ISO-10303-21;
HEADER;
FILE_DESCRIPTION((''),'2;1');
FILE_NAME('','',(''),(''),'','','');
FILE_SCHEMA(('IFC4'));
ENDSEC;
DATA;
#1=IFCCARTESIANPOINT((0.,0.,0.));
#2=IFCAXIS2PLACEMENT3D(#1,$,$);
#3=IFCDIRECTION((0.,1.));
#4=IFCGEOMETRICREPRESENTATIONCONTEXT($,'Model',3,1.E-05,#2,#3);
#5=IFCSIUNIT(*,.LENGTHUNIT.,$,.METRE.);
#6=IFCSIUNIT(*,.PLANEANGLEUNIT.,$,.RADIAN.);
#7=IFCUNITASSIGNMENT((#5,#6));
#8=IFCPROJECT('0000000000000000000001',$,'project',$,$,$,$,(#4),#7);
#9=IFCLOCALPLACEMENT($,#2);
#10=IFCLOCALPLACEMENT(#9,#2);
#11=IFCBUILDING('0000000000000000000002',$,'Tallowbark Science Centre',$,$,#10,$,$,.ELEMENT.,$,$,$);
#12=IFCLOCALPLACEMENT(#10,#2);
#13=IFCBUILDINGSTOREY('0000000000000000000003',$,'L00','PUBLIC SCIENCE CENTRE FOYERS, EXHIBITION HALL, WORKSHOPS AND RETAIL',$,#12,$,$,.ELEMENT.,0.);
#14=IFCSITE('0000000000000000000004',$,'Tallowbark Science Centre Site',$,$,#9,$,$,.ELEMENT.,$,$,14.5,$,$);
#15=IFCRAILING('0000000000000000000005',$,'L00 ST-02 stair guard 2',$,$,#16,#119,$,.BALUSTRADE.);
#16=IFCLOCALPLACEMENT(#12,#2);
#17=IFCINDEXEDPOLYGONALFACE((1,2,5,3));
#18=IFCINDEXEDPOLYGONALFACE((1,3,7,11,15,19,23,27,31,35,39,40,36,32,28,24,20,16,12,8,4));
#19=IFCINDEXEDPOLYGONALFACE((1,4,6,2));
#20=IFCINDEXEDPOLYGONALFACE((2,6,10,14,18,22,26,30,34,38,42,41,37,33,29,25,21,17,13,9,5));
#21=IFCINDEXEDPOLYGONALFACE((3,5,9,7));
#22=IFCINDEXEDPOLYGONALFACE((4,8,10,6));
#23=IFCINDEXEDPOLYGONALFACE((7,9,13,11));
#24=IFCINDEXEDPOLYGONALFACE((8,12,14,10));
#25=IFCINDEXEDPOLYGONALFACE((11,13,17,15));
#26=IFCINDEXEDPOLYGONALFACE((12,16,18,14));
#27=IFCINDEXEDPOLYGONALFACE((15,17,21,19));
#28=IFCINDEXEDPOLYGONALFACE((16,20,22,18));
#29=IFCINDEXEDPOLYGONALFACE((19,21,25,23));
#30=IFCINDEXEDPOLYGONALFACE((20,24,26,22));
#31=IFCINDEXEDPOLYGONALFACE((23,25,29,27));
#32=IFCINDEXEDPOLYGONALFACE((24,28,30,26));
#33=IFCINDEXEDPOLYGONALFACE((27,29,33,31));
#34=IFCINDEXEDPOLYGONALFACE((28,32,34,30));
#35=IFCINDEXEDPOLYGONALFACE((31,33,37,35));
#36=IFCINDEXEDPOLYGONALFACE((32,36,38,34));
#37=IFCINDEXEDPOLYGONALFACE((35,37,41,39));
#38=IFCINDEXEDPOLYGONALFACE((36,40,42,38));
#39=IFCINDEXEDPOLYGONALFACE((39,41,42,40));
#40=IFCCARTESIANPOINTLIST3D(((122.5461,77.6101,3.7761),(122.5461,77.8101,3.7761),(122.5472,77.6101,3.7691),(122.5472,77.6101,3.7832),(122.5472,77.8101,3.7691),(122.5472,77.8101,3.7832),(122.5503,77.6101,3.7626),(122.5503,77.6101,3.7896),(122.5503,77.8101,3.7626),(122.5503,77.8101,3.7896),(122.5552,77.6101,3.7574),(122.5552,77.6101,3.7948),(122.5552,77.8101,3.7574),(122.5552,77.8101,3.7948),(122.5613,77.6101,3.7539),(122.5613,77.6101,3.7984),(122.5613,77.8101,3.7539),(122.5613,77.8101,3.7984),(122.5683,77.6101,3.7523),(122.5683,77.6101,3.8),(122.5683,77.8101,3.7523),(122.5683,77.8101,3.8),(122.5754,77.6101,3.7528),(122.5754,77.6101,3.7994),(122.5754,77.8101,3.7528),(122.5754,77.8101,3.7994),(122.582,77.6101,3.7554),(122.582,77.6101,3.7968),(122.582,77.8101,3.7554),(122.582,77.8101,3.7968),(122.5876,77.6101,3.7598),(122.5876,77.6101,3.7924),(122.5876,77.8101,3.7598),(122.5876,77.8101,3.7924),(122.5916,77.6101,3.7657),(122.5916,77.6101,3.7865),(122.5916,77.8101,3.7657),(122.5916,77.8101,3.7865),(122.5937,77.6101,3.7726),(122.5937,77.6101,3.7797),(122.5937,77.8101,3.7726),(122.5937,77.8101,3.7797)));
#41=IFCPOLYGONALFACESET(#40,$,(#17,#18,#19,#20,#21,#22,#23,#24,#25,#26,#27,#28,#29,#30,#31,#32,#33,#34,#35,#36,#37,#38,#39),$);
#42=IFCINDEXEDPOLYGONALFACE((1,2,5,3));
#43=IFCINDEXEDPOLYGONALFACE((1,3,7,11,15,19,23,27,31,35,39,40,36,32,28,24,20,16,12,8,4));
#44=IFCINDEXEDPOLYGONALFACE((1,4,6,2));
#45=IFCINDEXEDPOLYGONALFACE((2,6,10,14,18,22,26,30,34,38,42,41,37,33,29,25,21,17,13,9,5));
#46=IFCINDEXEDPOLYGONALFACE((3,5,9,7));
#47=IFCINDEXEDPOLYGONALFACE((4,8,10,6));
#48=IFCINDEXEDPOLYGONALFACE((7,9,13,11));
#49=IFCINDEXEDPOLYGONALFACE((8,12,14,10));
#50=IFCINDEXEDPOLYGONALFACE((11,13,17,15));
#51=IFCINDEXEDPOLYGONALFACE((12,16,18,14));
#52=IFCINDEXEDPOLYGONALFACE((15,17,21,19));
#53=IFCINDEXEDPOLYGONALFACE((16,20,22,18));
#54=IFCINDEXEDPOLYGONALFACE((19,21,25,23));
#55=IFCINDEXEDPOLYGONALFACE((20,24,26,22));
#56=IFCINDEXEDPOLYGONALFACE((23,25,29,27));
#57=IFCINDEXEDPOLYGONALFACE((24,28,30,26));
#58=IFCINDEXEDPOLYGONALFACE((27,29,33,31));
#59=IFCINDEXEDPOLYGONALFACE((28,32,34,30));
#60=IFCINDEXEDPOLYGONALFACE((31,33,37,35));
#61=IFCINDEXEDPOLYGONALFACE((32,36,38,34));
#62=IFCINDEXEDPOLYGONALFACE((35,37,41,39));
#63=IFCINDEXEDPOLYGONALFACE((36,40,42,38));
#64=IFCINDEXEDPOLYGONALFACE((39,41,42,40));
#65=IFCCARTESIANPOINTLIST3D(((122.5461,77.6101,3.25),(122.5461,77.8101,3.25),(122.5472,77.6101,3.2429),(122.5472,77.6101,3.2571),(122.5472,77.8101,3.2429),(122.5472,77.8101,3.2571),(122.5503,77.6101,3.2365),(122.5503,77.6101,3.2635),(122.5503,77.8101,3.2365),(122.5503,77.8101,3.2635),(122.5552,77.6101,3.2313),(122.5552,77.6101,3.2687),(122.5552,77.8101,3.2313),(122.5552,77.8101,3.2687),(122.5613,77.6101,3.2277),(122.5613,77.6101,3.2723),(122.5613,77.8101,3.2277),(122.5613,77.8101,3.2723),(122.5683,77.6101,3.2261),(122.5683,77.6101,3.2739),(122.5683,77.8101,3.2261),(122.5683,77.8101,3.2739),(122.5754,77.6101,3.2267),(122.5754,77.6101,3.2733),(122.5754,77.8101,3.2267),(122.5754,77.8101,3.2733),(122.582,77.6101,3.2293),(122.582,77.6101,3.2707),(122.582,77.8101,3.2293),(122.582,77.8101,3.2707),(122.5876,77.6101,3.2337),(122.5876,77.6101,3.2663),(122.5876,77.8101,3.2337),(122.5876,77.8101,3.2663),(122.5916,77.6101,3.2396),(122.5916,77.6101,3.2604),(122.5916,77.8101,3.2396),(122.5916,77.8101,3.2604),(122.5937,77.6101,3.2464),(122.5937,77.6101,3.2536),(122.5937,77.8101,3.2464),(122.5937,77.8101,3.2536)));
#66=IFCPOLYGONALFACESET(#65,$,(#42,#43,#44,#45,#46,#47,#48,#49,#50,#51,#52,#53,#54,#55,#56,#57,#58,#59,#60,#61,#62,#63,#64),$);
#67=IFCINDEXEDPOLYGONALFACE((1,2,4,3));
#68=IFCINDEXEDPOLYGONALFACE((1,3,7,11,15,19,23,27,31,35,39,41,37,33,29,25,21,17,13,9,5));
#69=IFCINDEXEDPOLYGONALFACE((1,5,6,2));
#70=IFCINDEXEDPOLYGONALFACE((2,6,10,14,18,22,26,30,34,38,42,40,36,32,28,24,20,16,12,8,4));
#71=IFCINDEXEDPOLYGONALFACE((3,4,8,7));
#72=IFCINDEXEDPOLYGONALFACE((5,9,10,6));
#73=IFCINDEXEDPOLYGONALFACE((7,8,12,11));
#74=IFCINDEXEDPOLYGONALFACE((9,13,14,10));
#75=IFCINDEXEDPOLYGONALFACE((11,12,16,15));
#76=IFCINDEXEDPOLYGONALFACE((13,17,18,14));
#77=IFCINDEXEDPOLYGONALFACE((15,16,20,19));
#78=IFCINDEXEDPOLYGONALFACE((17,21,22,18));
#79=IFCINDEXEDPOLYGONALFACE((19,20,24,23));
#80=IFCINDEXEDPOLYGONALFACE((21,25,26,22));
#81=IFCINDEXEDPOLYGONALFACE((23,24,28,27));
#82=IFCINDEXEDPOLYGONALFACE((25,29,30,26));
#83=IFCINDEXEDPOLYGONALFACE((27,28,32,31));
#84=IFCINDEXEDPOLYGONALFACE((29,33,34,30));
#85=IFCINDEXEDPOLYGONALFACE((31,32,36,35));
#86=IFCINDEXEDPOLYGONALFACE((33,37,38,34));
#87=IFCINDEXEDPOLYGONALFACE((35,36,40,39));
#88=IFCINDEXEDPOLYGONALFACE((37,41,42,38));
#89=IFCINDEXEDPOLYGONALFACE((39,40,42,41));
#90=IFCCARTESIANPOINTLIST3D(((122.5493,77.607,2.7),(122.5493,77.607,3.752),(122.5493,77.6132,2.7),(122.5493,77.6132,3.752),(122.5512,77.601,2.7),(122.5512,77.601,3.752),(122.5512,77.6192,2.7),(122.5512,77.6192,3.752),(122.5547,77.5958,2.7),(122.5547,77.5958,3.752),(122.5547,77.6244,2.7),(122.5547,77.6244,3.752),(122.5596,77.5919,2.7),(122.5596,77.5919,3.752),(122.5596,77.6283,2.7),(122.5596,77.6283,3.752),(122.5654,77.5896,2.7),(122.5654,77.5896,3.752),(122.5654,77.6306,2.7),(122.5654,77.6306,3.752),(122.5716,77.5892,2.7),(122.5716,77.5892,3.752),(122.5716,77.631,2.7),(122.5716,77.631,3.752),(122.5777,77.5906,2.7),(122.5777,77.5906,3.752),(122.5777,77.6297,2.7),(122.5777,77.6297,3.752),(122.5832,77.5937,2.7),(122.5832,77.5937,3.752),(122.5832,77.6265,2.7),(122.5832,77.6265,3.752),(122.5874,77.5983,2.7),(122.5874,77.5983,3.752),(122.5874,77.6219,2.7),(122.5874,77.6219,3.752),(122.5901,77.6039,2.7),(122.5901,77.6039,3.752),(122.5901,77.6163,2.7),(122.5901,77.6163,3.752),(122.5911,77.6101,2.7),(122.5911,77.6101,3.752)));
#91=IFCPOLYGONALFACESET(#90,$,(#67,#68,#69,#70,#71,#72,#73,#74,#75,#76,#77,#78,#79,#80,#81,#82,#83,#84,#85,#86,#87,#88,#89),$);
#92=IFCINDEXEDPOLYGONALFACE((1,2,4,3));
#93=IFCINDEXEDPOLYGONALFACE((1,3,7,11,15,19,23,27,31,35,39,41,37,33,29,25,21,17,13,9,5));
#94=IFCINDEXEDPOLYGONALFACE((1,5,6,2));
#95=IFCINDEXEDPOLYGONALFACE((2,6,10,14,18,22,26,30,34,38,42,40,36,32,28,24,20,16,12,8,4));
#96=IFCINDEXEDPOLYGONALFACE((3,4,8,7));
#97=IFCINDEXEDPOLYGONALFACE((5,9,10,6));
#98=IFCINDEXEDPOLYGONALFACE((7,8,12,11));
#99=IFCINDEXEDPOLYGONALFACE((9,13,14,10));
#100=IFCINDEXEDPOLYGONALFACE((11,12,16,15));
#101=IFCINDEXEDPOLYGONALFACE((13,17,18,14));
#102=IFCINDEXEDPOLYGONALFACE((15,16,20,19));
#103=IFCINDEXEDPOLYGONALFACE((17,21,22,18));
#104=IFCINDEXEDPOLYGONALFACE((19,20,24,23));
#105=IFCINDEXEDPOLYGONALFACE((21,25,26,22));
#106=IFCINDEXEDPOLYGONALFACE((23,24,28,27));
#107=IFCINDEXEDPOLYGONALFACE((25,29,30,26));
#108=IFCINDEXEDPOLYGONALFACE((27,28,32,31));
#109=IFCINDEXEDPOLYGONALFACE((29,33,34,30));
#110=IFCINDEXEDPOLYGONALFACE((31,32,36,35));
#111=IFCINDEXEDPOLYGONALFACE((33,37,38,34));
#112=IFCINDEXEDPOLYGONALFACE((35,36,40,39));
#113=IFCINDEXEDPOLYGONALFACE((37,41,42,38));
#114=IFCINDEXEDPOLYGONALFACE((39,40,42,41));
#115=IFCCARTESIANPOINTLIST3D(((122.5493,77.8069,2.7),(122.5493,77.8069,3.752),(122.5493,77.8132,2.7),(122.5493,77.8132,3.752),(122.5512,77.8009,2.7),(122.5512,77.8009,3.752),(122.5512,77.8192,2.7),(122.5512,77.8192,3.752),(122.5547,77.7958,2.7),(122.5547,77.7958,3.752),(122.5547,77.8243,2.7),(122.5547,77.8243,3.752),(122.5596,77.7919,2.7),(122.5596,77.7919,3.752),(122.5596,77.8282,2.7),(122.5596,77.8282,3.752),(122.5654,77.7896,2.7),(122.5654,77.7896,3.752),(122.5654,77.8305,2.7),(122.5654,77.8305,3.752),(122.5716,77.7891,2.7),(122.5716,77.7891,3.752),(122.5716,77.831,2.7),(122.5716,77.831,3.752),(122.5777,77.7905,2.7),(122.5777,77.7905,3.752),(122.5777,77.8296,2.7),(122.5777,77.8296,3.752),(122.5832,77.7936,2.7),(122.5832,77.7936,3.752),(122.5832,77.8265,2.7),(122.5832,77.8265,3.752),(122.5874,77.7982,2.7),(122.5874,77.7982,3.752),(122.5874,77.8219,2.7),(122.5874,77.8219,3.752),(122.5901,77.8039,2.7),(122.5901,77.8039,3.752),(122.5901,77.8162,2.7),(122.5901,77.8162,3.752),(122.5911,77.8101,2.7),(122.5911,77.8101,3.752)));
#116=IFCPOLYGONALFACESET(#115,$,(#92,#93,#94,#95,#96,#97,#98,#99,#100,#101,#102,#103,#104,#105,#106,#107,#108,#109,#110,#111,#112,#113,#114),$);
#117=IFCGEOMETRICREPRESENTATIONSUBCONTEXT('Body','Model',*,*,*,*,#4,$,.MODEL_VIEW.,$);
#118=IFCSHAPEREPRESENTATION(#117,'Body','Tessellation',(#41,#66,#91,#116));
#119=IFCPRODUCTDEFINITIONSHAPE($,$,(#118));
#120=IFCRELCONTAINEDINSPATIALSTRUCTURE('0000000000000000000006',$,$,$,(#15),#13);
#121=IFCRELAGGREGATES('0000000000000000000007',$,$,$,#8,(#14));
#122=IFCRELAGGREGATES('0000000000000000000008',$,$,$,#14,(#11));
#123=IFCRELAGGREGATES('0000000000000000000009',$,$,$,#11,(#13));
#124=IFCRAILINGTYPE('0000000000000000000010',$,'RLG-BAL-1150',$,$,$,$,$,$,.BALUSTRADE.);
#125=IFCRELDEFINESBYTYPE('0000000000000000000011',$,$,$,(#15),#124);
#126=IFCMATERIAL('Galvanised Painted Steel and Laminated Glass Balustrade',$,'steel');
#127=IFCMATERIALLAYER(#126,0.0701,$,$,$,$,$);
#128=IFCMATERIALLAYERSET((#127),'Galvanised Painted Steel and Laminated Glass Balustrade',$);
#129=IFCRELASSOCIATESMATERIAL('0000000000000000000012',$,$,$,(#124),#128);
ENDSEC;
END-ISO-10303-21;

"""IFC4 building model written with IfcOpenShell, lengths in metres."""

from ifc_helpers import new_model, si_unit, direction, frame, origin, origin_2d, place, context, subcontext, project, spatial, circle, extrude, material, layer, layer_set, type_object, element, save


model = new_model("IFC4")

# Units and contexts
model_context = context("Model", 3, precision=1e-05, world=origin(), true_north=direction((0.0, 1.0)))
body_context = subcontext(model_context, "Body", "Model", "MODEL_VIEW")
ifc_project = project(units=[si_unit("LENGTHUNIT", "METRE"), si_unit("PLANEANGLEUNIT", "RADIAN")], contexts=[model_context])

# Site, building, storey
site_placement = place(None, origin())
site = spatial("IfcSite", under=ifc_project, at=site_placement, Name="Tallowbark Science Centre Site", CompositionType="ELEMENT", RefElevation=14.5)
building_placement = place(site_placement, origin())
building = spatial("IfcBuilding", under=site, at=building_placement, Name="Tallowbark Science Centre", CompositionType="ELEMENT")
storey_placement = place(building_placement, origin())
storey = spatial("IfcBuildingStorey", under=building, at=storey_placement, Name="L00", Description="PUBLIC SCIENCE CENTRE FOYERS, EXHIBITION HALL, WORKSHOPS AND RETAIL", CompositionType="ELEMENT", Elevation=0.0)

# Railing
ifc_material_1 = material(Name="Galvanised Painted Steel and Laminated Glass Balustrade", Category="steel")
ifc_layer_1 = layer(ifc_material_1, 0.0701)
ifc_layer_set_1 = layer_set([ifc_layer_1], Name="Galvanised Painted Steel and Laminated Glass Balustrade")
railing_type_1 = type_object("IfcRailingType", Name="RLG-BAL-1150", PredefinedType="BALUSTRADE", material=ifc_layer_set_1)
railing_1_placement = place(storey_placement, frame((122.5701, 77.6101, 2.7)))
element("IfcRailing", 1, at=railing_1_placement, inside=storey, type_object=railing_type_1, Name="L00 ST-02 stair guard 2", PredefinedType="BALUSTRADE", context=body_context, shape_type="SweptSolid", body=[
    extrude(circle(Radius=0.0239, at=origin_2d()), frame((0.0, 0.0, 1.0762), z_axis=(0.0, 1.0, 0.0), x_axis=(-1.0, 0.0, 0.0)), (0.0, 0.0, 1.0), 0.2),
    extrude(circle(Radius=0.0239, at=origin_2d()), frame((0.0, 0.0, 0.55), z_axis=(0.0, 1.0, 0.0), x_axis=(-1.0, 0.0, 0.0)), (0.0, 0.0, 1.0), 0.2),
    extrude(circle(Radius=0.021, at=origin_2d()), origin(), (0.0, 0.0, 1.0), 1.052),
    extrude(circle(Radius=0.021, at=origin_2d()), frame((0.0, 0.2, 0.0)), (0.0, 0.0, 1.0), 1.052),
])

save(model, "model.ifc")
